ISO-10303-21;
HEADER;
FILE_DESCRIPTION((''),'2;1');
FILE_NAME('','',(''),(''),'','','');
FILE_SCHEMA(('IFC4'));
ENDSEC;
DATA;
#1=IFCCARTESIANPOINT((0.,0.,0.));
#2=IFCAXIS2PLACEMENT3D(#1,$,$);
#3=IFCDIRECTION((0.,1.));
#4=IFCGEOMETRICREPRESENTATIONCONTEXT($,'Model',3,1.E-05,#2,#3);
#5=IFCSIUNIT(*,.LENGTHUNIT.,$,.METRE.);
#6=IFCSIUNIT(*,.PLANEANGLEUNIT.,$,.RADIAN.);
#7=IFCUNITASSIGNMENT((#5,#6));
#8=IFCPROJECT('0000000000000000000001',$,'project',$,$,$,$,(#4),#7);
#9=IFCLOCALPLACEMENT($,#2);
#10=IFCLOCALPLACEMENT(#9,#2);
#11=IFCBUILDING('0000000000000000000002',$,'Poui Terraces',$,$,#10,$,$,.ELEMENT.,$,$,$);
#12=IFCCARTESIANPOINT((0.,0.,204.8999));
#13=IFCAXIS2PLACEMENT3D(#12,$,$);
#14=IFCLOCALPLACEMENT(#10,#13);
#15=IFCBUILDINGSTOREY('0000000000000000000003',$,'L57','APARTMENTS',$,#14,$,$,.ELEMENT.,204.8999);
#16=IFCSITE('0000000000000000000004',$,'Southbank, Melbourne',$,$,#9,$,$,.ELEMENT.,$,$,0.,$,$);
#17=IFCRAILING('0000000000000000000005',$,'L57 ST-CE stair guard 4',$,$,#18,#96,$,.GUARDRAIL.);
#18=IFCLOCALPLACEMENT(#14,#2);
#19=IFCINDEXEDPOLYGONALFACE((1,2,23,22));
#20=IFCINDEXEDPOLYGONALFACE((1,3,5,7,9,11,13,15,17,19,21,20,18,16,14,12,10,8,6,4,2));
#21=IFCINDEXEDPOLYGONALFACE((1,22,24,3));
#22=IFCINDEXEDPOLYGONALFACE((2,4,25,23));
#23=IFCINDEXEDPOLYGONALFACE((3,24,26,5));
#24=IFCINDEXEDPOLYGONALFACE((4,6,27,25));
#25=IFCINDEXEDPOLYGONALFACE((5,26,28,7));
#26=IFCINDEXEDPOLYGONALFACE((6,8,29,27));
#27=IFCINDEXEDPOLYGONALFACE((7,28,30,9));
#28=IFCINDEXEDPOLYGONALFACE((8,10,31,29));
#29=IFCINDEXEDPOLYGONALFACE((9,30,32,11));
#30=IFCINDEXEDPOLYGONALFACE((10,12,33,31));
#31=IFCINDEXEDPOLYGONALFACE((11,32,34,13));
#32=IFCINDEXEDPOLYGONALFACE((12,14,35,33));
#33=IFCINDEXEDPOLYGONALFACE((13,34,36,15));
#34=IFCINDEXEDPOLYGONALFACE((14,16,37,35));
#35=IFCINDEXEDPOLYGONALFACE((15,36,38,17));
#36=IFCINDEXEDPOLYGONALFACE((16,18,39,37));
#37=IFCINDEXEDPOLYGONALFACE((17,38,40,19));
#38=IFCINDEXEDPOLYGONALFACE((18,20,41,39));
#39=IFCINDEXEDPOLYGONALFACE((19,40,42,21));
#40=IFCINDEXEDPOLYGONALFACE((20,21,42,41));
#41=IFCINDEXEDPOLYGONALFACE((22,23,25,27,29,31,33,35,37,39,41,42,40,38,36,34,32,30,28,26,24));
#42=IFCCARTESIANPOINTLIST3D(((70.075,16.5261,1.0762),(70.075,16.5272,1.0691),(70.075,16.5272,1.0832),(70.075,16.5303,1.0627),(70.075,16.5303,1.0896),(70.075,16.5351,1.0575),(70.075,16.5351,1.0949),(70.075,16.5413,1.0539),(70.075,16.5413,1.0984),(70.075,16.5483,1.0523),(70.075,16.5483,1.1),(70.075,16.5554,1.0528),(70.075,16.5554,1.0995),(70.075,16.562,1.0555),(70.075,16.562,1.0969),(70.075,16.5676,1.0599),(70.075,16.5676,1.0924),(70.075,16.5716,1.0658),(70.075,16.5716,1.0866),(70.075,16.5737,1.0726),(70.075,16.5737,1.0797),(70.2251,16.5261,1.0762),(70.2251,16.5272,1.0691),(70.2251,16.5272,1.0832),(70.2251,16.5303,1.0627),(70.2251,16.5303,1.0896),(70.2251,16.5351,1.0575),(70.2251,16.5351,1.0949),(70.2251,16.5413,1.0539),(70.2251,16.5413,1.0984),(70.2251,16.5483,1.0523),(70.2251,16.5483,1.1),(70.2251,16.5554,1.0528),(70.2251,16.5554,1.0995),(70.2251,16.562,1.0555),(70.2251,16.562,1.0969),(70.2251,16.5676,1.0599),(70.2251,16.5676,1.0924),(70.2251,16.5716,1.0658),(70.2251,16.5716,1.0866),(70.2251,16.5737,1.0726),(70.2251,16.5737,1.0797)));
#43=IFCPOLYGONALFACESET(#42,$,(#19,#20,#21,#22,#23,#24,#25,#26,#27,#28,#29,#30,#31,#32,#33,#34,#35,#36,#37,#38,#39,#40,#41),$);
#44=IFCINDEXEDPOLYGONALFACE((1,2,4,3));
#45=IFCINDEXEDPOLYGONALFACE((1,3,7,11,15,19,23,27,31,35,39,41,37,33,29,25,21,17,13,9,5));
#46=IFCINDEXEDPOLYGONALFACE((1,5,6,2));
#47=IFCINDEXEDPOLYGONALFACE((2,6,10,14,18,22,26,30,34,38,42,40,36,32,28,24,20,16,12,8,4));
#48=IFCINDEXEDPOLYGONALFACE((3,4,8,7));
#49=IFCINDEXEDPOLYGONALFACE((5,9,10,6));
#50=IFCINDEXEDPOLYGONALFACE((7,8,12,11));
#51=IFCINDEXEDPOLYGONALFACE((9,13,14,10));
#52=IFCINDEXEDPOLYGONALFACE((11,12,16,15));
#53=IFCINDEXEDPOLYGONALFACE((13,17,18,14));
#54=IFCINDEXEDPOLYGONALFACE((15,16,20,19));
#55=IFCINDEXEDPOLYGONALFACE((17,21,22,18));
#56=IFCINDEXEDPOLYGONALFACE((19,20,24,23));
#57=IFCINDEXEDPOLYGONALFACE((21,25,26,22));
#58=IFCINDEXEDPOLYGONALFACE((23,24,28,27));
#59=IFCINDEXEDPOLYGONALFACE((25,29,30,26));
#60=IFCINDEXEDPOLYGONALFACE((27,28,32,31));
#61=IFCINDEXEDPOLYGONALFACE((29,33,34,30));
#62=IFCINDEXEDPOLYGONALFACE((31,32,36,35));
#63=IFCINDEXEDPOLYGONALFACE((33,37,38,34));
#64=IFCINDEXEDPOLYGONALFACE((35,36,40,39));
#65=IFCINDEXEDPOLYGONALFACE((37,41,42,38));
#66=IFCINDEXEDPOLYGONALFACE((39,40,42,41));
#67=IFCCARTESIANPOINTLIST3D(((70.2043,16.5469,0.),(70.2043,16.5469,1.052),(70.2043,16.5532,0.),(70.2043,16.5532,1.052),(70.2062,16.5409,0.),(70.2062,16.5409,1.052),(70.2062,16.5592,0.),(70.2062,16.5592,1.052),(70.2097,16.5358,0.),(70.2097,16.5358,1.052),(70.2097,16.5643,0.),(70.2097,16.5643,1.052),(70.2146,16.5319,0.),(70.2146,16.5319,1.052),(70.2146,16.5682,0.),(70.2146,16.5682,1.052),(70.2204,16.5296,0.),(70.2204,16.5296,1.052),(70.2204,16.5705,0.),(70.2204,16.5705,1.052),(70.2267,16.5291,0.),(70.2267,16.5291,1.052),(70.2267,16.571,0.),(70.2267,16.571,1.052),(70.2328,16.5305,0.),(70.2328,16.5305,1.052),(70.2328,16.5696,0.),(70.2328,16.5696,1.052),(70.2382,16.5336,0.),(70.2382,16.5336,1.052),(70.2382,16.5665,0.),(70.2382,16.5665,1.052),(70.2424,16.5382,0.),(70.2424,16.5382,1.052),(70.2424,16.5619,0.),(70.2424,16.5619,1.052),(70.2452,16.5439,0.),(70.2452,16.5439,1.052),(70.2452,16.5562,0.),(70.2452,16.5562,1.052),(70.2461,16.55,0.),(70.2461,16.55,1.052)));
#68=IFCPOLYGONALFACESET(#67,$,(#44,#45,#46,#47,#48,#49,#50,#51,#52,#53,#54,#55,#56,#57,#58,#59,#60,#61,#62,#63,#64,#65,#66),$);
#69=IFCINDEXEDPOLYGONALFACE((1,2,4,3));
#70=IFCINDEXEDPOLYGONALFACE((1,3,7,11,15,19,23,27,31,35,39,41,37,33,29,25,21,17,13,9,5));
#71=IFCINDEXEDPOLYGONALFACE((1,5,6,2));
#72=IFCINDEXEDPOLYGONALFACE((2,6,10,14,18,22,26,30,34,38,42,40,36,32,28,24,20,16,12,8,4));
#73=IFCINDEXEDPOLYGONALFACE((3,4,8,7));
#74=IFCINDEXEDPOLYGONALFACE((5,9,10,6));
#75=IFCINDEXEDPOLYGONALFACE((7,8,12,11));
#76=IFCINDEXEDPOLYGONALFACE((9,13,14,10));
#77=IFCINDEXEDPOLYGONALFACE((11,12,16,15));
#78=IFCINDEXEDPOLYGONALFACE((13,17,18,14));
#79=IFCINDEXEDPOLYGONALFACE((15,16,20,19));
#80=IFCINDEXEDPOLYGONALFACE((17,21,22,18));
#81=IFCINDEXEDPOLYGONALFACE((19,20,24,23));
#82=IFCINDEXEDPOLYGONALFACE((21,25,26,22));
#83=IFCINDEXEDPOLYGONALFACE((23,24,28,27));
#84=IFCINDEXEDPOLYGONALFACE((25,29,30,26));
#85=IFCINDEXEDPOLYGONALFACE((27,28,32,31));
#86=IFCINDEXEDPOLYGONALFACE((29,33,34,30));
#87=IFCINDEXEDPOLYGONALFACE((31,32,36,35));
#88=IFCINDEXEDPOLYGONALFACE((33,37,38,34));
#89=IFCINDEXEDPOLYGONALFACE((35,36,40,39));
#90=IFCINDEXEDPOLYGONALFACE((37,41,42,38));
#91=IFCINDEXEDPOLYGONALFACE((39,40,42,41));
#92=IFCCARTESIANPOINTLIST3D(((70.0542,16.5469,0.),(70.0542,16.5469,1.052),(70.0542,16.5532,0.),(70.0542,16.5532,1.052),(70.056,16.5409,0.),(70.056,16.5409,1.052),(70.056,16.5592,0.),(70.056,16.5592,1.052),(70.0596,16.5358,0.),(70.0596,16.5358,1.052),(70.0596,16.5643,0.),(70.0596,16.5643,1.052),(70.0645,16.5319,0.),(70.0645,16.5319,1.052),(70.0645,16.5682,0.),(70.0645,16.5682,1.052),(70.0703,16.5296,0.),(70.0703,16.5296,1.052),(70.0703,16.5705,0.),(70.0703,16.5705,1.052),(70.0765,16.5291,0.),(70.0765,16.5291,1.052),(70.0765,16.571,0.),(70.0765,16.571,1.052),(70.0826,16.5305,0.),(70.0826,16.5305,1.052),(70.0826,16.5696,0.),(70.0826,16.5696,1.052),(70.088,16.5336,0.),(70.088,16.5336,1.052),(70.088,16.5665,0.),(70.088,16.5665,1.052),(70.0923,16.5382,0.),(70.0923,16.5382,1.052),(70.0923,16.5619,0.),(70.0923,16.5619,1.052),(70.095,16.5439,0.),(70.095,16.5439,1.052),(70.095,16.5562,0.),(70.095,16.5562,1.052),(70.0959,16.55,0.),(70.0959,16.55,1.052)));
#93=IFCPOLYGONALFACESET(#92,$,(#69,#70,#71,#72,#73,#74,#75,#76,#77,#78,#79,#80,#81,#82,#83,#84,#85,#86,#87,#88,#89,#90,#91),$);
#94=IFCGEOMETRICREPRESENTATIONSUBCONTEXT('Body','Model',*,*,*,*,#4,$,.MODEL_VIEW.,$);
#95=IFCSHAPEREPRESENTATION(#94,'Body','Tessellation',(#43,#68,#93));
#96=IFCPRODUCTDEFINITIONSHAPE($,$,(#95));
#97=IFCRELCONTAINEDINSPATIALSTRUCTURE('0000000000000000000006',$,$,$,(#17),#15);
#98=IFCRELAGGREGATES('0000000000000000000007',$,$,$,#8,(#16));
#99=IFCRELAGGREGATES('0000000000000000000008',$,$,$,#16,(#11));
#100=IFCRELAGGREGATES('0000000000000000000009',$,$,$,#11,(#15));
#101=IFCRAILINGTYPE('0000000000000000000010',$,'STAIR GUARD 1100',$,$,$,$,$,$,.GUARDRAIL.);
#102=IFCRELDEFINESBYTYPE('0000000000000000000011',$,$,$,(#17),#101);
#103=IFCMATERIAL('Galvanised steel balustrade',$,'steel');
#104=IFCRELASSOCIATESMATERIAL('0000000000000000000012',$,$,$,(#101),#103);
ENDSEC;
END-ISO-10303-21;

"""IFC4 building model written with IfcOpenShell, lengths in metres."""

from ifc_helpers import new_model, si_unit, direction, frame, origin, origin_2d, place, context, subcontext, project, spatial, circle, extrude, material, type_object, element, save


model = new_model("IFC4")

# Units and contexts
model_context = context("Model", 3, precision=1e-05, world=origin(), true_north=direction((0.0, 1.0)))
body_context = subcontext(model_context, "Body", "Model", "MODEL_VIEW")
ifc_project = project(units=[si_unit("LENGTHUNIT", "METRE"), si_unit("PLANEANGLEUNIT", "RADIAN")], contexts=[model_context])

# Site, building, storey
site_placement = place(None, origin())
site = spatial("IfcSite", under=ifc_project, at=site_placement, Name="Southbank, Melbourne", CompositionType="ELEMENT", RefElevation=0.0)
building_placement = place(site_placement, origin())
building = spatial("IfcBuilding", under=site, at=building_placement, Name="Poui Terraces", CompositionType="ELEMENT")
storey_placement = place(building_placement, frame((0.0, 0.0, 204.8999)))
storey = spatial("IfcBuildingStorey", under=building, at=storey_placement, Name="L57", Description="APARTMENTS", CompositionType="ELEMENT", Elevation=204.8999)

# Railing
ifc_material_1 = material(Name="Galvanised steel balustrade", Category="steel")
railing_type_1 = type_object("IfcRailingType", Name="STAIR GUARD 1100", PredefinedType="GUARDRAIL", material=ifc_material_1)
railing_1_placement = place(storey_placement, frame((70.2251, 16.55, 0.0)))
element("IfcRailing", 1, at=railing_1_placement, inside=storey, type_object=railing_type_1, Name="L57 ST-CE stair guard 4", PredefinedType="GUARDRAIL", context=body_context, shape_type="SweptSolid", body=[
    extrude(circle(Radius=0.0239, at=origin_2d()), frame((0.0, 0.0, 1.0762), z_axis=(-1.0, 0.0, 0.0), x_axis=(0.0, -1.0, 0.0)), (0.0, 0.0, 1.0), 0.1501),
    extrude(circle(Radius=0.021, at=origin_2d()), origin(), (0.0, 0.0, 1.0), 1.052),
    extrude(circle(Radius=0.021, at=origin_2d()), frame((-0.1501, 0.0, 0.0)), (0.0, 0.0, 1.0), 1.052),
])

save(model, "model.ifc")
